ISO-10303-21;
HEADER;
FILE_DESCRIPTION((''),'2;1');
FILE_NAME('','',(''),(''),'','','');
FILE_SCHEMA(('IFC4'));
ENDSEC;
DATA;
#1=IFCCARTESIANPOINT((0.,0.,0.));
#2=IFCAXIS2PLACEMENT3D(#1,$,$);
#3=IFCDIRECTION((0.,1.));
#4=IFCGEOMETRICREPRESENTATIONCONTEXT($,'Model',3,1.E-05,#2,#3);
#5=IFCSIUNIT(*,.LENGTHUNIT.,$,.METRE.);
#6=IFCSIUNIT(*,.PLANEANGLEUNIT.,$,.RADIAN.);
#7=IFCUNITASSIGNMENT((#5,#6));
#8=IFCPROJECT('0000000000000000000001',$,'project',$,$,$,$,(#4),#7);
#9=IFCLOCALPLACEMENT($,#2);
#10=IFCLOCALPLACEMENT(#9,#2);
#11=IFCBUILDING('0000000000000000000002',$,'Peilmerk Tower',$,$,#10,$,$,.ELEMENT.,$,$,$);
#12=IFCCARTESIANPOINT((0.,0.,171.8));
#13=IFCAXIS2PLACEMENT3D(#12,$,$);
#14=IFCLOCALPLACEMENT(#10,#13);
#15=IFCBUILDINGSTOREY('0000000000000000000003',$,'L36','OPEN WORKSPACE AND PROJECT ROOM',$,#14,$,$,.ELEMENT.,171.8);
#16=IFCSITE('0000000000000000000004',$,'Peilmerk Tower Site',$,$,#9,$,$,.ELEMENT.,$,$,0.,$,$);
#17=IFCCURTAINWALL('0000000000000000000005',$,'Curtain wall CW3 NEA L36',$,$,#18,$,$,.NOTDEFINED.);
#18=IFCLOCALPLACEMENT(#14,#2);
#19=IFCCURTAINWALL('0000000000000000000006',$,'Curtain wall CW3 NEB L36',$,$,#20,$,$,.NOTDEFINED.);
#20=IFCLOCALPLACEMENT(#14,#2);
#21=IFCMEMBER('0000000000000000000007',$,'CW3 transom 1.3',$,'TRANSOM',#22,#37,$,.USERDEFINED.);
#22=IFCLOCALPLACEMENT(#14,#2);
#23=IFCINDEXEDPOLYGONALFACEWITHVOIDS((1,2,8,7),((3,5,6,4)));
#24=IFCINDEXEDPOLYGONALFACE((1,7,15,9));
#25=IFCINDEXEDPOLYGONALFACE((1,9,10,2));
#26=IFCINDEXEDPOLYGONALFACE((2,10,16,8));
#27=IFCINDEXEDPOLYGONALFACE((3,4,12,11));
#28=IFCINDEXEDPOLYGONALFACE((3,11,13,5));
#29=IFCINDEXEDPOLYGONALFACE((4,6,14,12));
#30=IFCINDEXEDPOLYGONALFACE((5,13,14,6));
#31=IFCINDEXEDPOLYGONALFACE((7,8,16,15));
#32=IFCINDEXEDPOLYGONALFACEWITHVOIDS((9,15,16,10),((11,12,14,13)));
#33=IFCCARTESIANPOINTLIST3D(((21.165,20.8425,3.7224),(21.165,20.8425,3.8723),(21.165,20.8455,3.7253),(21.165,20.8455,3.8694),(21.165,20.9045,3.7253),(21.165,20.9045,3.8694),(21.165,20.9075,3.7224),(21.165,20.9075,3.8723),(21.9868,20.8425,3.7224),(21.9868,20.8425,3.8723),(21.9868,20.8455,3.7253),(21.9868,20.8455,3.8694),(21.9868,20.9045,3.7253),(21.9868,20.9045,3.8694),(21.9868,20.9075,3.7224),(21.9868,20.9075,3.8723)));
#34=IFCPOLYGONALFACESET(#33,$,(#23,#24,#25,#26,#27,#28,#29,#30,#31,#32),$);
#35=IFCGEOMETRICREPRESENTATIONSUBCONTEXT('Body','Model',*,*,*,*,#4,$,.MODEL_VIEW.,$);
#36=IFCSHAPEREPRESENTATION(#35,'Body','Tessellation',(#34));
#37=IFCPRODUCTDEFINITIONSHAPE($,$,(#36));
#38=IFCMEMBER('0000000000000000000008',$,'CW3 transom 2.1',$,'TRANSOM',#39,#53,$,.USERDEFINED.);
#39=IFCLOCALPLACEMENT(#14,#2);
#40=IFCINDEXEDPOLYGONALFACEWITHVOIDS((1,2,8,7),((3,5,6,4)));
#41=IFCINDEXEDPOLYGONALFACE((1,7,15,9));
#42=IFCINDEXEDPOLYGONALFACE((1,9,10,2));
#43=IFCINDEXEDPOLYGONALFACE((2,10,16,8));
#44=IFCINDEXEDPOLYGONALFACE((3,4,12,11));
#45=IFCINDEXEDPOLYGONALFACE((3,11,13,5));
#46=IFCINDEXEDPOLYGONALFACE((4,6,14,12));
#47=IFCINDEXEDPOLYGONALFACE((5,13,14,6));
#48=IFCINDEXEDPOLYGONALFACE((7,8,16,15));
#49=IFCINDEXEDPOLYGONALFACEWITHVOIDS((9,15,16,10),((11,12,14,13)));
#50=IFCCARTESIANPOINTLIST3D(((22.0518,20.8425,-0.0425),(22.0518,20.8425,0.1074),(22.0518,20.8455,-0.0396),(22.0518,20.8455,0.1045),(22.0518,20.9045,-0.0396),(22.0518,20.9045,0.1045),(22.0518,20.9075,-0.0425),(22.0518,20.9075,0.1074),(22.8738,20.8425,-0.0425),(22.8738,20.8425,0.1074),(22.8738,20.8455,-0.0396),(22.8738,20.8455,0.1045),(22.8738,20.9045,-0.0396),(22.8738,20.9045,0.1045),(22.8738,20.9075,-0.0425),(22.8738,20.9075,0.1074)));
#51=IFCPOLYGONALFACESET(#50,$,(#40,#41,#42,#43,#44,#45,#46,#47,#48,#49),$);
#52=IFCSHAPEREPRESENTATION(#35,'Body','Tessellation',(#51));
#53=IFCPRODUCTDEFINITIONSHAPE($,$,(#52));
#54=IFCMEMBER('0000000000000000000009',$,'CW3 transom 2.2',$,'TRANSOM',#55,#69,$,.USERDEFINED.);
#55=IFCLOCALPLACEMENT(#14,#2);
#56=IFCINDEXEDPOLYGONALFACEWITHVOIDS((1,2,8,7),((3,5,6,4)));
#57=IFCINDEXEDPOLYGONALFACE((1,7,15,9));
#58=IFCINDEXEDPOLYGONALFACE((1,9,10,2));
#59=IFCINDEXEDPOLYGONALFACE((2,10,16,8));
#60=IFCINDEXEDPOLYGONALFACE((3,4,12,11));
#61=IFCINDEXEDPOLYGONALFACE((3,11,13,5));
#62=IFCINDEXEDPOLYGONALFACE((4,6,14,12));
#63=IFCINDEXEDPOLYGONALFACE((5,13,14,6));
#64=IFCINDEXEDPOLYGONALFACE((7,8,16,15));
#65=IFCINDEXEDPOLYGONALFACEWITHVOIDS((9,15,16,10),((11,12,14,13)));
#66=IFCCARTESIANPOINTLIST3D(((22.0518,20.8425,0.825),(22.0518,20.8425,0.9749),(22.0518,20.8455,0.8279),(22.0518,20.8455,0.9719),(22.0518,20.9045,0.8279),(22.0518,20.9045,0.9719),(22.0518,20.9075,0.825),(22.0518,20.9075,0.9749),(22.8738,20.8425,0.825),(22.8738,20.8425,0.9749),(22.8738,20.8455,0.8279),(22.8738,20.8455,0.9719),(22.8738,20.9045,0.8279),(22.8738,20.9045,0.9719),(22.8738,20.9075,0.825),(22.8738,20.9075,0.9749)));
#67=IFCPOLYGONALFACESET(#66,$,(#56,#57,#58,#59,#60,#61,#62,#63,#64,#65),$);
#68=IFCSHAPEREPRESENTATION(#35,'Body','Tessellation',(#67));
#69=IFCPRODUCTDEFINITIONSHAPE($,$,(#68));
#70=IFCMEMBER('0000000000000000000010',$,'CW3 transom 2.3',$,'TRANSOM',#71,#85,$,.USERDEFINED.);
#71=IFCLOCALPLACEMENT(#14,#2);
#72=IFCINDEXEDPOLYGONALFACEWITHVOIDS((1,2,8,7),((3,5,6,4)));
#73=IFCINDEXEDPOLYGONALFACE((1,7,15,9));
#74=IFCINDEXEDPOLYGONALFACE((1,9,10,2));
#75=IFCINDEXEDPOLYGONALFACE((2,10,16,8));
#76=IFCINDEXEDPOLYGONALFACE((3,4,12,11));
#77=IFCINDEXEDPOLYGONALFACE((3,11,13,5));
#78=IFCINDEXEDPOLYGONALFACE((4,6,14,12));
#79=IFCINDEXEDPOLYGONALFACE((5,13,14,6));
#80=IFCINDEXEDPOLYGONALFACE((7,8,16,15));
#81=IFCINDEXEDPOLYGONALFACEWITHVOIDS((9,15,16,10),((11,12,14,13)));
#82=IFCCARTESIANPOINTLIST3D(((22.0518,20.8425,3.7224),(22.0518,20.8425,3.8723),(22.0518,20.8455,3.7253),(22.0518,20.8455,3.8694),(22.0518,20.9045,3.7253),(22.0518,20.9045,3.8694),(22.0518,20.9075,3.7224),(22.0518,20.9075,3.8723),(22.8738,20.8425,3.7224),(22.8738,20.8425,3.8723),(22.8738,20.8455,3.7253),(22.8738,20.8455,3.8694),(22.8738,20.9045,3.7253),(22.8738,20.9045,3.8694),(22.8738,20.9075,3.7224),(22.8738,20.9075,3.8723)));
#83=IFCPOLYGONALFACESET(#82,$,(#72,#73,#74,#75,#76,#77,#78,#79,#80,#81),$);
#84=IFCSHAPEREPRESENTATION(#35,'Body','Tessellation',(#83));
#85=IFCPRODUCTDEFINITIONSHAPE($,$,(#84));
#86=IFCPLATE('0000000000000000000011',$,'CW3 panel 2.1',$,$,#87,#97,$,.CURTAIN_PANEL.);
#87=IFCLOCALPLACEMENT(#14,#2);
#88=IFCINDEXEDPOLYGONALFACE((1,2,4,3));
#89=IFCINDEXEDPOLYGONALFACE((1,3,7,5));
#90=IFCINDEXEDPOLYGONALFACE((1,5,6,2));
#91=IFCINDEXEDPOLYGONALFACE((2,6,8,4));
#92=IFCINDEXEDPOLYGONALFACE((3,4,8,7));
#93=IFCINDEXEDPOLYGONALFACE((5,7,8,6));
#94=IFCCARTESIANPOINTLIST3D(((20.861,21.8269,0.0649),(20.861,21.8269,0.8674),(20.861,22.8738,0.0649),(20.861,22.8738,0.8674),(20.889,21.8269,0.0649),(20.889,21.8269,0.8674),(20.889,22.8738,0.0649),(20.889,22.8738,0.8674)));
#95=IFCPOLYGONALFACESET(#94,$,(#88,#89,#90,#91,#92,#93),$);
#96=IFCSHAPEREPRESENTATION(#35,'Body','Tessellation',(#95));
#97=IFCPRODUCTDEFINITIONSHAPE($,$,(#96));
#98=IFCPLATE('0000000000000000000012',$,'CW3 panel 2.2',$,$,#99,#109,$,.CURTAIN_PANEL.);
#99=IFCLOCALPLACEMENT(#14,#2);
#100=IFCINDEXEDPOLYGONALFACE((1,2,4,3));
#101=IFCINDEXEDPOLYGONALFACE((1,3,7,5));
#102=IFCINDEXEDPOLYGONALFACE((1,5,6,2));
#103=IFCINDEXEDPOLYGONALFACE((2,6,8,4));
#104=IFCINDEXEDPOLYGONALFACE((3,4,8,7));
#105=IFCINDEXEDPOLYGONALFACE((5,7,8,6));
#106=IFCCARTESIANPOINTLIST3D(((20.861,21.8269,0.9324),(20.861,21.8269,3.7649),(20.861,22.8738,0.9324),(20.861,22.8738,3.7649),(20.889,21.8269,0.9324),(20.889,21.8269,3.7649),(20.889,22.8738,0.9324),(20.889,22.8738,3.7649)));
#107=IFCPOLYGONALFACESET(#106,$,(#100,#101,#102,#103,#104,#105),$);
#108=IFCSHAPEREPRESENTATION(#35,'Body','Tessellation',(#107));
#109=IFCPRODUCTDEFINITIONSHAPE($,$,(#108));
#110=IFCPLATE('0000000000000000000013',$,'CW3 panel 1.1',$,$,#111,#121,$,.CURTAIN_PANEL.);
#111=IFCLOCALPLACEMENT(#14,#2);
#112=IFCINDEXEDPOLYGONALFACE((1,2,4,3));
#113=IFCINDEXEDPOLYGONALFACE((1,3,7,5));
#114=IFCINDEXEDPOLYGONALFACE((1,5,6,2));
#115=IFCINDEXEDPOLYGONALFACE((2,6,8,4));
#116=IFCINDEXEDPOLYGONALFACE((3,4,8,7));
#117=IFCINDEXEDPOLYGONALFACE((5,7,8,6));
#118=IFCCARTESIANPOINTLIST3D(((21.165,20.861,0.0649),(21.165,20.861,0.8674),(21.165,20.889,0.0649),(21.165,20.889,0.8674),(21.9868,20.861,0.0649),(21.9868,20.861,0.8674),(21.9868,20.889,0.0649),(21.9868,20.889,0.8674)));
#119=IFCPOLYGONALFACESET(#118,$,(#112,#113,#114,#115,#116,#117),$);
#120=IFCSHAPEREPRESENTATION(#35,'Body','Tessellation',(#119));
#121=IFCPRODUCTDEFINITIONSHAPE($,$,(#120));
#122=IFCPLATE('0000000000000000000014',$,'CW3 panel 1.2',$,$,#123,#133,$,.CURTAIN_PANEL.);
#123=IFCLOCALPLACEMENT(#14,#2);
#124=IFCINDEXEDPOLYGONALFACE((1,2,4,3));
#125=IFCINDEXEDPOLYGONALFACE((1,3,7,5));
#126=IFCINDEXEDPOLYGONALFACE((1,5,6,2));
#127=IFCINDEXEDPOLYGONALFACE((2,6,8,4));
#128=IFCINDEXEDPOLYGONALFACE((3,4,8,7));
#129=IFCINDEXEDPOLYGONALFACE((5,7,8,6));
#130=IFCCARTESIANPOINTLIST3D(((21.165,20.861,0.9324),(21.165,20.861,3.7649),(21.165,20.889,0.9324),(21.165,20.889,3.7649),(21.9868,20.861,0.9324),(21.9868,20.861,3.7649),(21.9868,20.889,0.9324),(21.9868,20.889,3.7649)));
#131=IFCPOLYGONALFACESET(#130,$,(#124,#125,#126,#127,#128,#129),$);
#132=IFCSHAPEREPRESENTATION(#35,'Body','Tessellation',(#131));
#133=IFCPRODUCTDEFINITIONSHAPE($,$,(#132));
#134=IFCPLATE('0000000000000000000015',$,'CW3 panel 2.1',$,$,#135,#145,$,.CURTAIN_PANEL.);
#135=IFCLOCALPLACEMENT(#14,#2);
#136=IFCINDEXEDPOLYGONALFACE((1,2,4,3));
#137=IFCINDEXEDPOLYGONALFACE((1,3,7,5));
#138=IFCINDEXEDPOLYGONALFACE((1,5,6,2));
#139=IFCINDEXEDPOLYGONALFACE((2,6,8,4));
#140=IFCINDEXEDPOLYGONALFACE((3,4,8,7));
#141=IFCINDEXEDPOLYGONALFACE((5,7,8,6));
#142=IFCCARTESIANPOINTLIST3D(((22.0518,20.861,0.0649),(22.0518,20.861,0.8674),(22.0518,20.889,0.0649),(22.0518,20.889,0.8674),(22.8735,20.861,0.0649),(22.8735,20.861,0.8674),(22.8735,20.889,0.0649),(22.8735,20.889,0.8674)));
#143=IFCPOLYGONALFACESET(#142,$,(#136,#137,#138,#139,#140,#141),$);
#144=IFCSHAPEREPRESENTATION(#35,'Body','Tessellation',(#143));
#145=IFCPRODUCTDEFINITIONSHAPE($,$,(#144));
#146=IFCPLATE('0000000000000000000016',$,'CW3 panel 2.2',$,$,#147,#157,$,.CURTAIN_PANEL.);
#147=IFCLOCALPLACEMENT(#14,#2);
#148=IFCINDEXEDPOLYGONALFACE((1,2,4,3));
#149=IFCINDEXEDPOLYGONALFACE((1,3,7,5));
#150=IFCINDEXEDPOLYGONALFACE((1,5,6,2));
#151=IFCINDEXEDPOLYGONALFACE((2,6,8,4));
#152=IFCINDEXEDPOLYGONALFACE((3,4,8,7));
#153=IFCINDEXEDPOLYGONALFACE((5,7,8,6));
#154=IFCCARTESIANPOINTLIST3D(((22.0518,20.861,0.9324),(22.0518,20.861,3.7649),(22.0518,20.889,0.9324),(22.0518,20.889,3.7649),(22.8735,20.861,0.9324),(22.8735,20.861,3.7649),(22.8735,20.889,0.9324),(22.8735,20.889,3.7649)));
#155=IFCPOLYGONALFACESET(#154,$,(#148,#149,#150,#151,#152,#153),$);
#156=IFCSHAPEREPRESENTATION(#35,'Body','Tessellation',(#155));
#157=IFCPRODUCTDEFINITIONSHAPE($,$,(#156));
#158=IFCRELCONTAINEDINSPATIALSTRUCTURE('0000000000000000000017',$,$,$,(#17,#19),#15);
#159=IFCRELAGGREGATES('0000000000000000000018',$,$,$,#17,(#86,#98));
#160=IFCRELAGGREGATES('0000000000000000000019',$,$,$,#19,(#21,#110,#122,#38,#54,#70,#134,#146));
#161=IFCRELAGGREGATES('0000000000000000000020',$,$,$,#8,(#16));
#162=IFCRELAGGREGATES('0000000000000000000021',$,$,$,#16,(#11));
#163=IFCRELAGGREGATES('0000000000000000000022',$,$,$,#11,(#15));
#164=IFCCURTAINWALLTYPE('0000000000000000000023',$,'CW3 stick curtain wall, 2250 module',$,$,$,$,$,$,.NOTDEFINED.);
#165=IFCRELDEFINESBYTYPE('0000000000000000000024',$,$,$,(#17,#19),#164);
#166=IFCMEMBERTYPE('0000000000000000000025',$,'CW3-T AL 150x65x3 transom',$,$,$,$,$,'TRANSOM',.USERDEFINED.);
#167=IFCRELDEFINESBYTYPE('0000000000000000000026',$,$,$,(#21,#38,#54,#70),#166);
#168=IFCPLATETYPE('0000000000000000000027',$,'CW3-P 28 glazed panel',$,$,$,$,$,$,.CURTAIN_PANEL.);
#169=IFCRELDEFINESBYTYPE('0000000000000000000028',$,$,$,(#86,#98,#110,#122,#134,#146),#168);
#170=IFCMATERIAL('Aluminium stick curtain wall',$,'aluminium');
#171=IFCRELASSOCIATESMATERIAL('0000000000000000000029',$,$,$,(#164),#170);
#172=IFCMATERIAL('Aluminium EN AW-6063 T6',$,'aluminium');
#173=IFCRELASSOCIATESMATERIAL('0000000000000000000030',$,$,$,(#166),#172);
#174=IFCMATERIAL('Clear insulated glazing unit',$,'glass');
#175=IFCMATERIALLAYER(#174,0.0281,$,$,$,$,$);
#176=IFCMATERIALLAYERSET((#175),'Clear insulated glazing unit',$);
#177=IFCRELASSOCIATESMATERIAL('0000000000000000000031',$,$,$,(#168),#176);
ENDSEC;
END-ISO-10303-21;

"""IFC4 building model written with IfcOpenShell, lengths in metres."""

from ifc_helpers import new_model, si_unit, direction, frame, origin, origin_2d, place, context, subcontext, project, spatial, rectangle, hollow_rectangle, extrude, material, layer, layer_set, material_profile, profile_set, type_object, element, aggregate, save


model = new_model("IFC4")

# Units and contexts
model_context = context("Model", 3, precision=1e-05, world=origin(), true_north=direction((0.0, 1.0)))
body_context = subcontext(model_context, "Body", "Model", "MODEL_VIEW")
ifc_project = project(units=[si_unit("LENGTHUNIT", "METRE"), si_unit("PLANEANGLEUNIT", "RADIAN")], contexts=[model_context])

# Site, building, storey
site_placement = place(None, origin())
site = spatial("IfcSite", under=ifc_project, at=site_placement, Name="Peilmerk Tower Site", CompositionType="ELEMENT", RefElevation=0.0)
building_placement = place(site_placement, origin())
building = spatial("IfcBuilding", under=site, at=building_placement, Name="Peilmerk Tower", CompositionType="ELEMENT")
storey_placement = place(building_placement, frame((0.0, 0.0, 171.8)))
storey = spatial("IfcBuildingStorey", under=building, at=storey_placement, Name="L36", Description="OPEN WORKSPACE AND PROJECT ROOM", CompositionType="ELEMENT", Elevation=171.8)

# Curtain wall
ifc_material_1 = material(Name="Aluminium stick curtain wall", Category="aluminium")
curtain_wall_type = type_object("IfcCurtainWallType", Name="CW3 stick curtain wall, 2250 module", PredefinedType="NOTDEFINED", material=ifc_material_1)
curtain_wall_1_placement = place(storey_placement, origin())
curtain_wall_1 = element("IfcCurtainWall", 1, at=curtain_wall_1_placement, inside=storey, type_object=curtain_wall_type, Name="Curtain wall CW3 NEA L36", PredefinedType="NOTDEFINED")
ifc_material_2 = material(Name="Aluminium EN AW-6063 T6", Category="aluminium")

# Curtain wall
curtain_wall_2_placement = place(storey_placement, origin())
curtain_wall_2 = element("IfcCurtainWall", 2, at=curtain_wall_2_placement, inside=storey, type_object=curtain_wall_type, Name="Curtain wall CW3 NEB L36", PredefinedType="NOTDEFINED")

# Members
ifc_material_profile_1 = material_profile(ifc_material_2, hollow_rectangle(XDim=0.0649, YDim=0.1499, WallThickness=0.0029, at=origin_2d()), Name="AL 150x65x3")
ifc_profile_set_1 = profile_set([ifc_material_profile_1], Name="Aluminium EN AW-6063 T6")
member_type_1 = type_object("IfcMemberType", Name="CW3-T AL 150x65x3 transom", ElementType="TRANSOM", PredefinedType="USERDEFINED", material=ifc_profile_set_1)
member_1_placement = place(storey_placement, frame((21.165, 20.875, 3.7974), z_axis=(1.0, 0.0, 0.0), x_axis=(0.0, 1.0, 0.0)))
member_1 = element("IfcMember", 3, at=member_1_placement, type_object=member_type_1, Name="CW3 transom 1.3", ObjectType="TRANSOM", PredefinedType="USERDEFINED", context=body_context, shape_type="SweptSolid", body=[
    extrude(hollow_rectangle(XDim=0.0649, YDim=0.1499, WallThickness=0.0029, at=origin_2d()), origin(), (0.0, 0.0, 1.0), 0.8218),
])
member_2_placement = place(storey_placement, frame((22.0518, 20.875, 0.0325), z_axis=(1.0, 0.0, 0.0), x_axis=(0.0, 1.0, 0.0)))
member_2 = element("IfcMember", 4, at=member_2_placement, type_object=member_type_1, Name="CW3 transom 2.1", ObjectType="TRANSOM", PredefinedType="USERDEFINED", context=body_context, shape_type="SweptSolid", body=[
    extrude(hollow_rectangle(XDim=0.0649, YDim=0.1499, WallThickness=0.0029, at=origin_2d()), origin(), (0.0, 0.0, 1.0), 0.822),
])
member_3_placement = place(storey_placement, frame((22.0518, 20.875, 0.8999), z_axis=(1.0, 0.0, 0.0), x_axis=(0.0, 1.0, 0.0)))
member_3 = element("IfcMember", 5, at=member_3_placement, type_object=member_type_1, Name="CW3 transom 2.2", ObjectType="TRANSOM", PredefinedType="USERDEFINED", context=body_context, shape_type="SweptSolid", body=[
    extrude(hollow_rectangle(XDim=0.0649, YDim=0.1499, WallThickness=0.0029, at=origin_2d()), origin(), (0.0, 0.0, 1.0), 0.822),
])
member_4_placement = place(storey_placement, frame((22.0518, 20.875, 3.7974), z_axis=(1.0, 0.0, 0.0), x_axis=(0.0, 1.0, 0.0)))
member_4 = element("IfcMember", 6, at=member_4_placement, type_object=member_type_1, Name="CW3 transom 2.3", ObjectType="TRANSOM", PredefinedType="USERDEFINED", context=body_context, shape_type="SweptSolid", body=[
    extrude(hollow_rectangle(XDim=0.0649, YDim=0.1499, WallThickness=0.0029, at=origin_2d()), origin(), (0.0, 0.0, 1.0), 0.822),
])

# Plates
ifc_material_3 = material(Name="Clear insulated glazing unit", Category="glass")
ifc_layer_1 = layer(ifc_material_3, 0.0281)
ifc_layer_set_1 = layer_set([ifc_layer_1], Name="Clear insulated glazing unit")
plate_type = type_object("IfcPlateType", Name="CW3-P 28 glazed panel", PredefinedType="CURTAIN_PANEL", material=ifc_layer_set_1)
plate_1_placement = place(storey_placement, frame((20.875, 22.3503, 0.0649), z_axis=(0.0, 0.0, 1.0), x_axis=(0.0, 1.0, 0.0)))
plate_1 = element("IfcPlate", 7, at=plate_1_placement, type_object=plate_type, Name="CW3 panel 2.1", PredefinedType="CURTAIN_PANEL", context=body_context, shape_type="SweptSolid", body=[
    extrude(rectangle(XDim=1.0469, YDim=0.0281, at=origin_2d()), origin(), (0.0, 0.0, 1.0), 0.8025),
])
plate_2_placement = place(storey_placement, frame((20.875, 22.3503, 0.9324), z_axis=(0.0, 0.0, 1.0), x_axis=(0.0, 1.0, 0.0)))
plate_2 = element("IfcPlate", 8, at=plate_2_placement, type_object=plate_type, Name="CW3 panel 2.2", PredefinedType="CURTAIN_PANEL", context=body_context, shape_type="SweptSolid", body=[
    extrude(rectangle(XDim=1.0469, YDim=0.0281, at=origin_2d()), origin(), (0.0, 0.0, 1.0), 2.8325),
])
aggregate(curtain_wall_1, [plate_1, plate_2])
plate_3_placement = place(storey_placement, frame((21.5759, 20.875, 0.0649), z_axis=(0.0, 0.0, 1.0), x_axis=(1.0, 0.0, 0.0)))
plate_3 = element("IfcPlate", 9, at=plate_3_placement, type_object=plate_type, Name="CW3 panel 1.1", PredefinedType="CURTAIN_PANEL", context=body_context, shape_type="SweptSolid", body=[
    extrude(rectangle(XDim=0.8218, YDim=0.0281, at=origin_2d()), origin(), (0.0, 0.0, 1.0), 0.8025),
])
plate_4_placement = place(storey_placement, frame((21.5759, 20.875, 0.9324), z_axis=(0.0, 0.0, 1.0), x_axis=(1.0, 0.0, 0.0)))
plate_4 = element("IfcPlate", 10, at=plate_4_placement, type_object=plate_type, Name="CW3 panel 1.2", PredefinedType="CURTAIN_PANEL", context=body_context, shape_type="SweptSolid", body=[
    extrude(rectangle(XDim=0.8218, YDim=0.0281, at=origin_2d()), origin(), (0.0, 0.0, 1.0), 2.8325),
])
plate_5_placement = place(storey_placement, frame((22.4626, 20.875, 0.0649), z_axis=(0.0, 0.0, 1.0), x_axis=(1.0, 0.0, 0.0)))
plate_5 = element("IfcPlate", 11, at=plate_5_placement, type_object=plate_type, Name="CW3 panel 2.1", PredefinedType="CURTAIN_PANEL", context=body_context, shape_type="SweptSolid", body=[
    extrude(rectangle(XDim=0.8218, YDim=0.0281, at=origin_2d()), origin(), (0.0, 0.0, 1.0), 0.8025),
])
plate_6_placement = place(storey_placement, frame((22.4626, 20.875, 0.9324), z_axis=(0.0, 0.0, 1.0), x_axis=(1.0, 0.0, 0.0)))
plate_6 = element("IfcPlate", 12, at=plate_6_placement, type_object=plate_type, Name="CW3 panel 2.2", PredefinedType="CURTAIN_PANEL", context=body_context, shape_type="SweptSolid", body=[
    extrude(rectangle(XDim=0.8218, YDim=0.0281, at=origin_2d()), origin(), (0.0, 0.0, 1.0), 2.8325),
])
aggregate(curtain_wall_2, [member_1, plate_3, plate_4, member_2, member_3, member_4, plate_5, plate_6])

save(model, "model.ifc")
